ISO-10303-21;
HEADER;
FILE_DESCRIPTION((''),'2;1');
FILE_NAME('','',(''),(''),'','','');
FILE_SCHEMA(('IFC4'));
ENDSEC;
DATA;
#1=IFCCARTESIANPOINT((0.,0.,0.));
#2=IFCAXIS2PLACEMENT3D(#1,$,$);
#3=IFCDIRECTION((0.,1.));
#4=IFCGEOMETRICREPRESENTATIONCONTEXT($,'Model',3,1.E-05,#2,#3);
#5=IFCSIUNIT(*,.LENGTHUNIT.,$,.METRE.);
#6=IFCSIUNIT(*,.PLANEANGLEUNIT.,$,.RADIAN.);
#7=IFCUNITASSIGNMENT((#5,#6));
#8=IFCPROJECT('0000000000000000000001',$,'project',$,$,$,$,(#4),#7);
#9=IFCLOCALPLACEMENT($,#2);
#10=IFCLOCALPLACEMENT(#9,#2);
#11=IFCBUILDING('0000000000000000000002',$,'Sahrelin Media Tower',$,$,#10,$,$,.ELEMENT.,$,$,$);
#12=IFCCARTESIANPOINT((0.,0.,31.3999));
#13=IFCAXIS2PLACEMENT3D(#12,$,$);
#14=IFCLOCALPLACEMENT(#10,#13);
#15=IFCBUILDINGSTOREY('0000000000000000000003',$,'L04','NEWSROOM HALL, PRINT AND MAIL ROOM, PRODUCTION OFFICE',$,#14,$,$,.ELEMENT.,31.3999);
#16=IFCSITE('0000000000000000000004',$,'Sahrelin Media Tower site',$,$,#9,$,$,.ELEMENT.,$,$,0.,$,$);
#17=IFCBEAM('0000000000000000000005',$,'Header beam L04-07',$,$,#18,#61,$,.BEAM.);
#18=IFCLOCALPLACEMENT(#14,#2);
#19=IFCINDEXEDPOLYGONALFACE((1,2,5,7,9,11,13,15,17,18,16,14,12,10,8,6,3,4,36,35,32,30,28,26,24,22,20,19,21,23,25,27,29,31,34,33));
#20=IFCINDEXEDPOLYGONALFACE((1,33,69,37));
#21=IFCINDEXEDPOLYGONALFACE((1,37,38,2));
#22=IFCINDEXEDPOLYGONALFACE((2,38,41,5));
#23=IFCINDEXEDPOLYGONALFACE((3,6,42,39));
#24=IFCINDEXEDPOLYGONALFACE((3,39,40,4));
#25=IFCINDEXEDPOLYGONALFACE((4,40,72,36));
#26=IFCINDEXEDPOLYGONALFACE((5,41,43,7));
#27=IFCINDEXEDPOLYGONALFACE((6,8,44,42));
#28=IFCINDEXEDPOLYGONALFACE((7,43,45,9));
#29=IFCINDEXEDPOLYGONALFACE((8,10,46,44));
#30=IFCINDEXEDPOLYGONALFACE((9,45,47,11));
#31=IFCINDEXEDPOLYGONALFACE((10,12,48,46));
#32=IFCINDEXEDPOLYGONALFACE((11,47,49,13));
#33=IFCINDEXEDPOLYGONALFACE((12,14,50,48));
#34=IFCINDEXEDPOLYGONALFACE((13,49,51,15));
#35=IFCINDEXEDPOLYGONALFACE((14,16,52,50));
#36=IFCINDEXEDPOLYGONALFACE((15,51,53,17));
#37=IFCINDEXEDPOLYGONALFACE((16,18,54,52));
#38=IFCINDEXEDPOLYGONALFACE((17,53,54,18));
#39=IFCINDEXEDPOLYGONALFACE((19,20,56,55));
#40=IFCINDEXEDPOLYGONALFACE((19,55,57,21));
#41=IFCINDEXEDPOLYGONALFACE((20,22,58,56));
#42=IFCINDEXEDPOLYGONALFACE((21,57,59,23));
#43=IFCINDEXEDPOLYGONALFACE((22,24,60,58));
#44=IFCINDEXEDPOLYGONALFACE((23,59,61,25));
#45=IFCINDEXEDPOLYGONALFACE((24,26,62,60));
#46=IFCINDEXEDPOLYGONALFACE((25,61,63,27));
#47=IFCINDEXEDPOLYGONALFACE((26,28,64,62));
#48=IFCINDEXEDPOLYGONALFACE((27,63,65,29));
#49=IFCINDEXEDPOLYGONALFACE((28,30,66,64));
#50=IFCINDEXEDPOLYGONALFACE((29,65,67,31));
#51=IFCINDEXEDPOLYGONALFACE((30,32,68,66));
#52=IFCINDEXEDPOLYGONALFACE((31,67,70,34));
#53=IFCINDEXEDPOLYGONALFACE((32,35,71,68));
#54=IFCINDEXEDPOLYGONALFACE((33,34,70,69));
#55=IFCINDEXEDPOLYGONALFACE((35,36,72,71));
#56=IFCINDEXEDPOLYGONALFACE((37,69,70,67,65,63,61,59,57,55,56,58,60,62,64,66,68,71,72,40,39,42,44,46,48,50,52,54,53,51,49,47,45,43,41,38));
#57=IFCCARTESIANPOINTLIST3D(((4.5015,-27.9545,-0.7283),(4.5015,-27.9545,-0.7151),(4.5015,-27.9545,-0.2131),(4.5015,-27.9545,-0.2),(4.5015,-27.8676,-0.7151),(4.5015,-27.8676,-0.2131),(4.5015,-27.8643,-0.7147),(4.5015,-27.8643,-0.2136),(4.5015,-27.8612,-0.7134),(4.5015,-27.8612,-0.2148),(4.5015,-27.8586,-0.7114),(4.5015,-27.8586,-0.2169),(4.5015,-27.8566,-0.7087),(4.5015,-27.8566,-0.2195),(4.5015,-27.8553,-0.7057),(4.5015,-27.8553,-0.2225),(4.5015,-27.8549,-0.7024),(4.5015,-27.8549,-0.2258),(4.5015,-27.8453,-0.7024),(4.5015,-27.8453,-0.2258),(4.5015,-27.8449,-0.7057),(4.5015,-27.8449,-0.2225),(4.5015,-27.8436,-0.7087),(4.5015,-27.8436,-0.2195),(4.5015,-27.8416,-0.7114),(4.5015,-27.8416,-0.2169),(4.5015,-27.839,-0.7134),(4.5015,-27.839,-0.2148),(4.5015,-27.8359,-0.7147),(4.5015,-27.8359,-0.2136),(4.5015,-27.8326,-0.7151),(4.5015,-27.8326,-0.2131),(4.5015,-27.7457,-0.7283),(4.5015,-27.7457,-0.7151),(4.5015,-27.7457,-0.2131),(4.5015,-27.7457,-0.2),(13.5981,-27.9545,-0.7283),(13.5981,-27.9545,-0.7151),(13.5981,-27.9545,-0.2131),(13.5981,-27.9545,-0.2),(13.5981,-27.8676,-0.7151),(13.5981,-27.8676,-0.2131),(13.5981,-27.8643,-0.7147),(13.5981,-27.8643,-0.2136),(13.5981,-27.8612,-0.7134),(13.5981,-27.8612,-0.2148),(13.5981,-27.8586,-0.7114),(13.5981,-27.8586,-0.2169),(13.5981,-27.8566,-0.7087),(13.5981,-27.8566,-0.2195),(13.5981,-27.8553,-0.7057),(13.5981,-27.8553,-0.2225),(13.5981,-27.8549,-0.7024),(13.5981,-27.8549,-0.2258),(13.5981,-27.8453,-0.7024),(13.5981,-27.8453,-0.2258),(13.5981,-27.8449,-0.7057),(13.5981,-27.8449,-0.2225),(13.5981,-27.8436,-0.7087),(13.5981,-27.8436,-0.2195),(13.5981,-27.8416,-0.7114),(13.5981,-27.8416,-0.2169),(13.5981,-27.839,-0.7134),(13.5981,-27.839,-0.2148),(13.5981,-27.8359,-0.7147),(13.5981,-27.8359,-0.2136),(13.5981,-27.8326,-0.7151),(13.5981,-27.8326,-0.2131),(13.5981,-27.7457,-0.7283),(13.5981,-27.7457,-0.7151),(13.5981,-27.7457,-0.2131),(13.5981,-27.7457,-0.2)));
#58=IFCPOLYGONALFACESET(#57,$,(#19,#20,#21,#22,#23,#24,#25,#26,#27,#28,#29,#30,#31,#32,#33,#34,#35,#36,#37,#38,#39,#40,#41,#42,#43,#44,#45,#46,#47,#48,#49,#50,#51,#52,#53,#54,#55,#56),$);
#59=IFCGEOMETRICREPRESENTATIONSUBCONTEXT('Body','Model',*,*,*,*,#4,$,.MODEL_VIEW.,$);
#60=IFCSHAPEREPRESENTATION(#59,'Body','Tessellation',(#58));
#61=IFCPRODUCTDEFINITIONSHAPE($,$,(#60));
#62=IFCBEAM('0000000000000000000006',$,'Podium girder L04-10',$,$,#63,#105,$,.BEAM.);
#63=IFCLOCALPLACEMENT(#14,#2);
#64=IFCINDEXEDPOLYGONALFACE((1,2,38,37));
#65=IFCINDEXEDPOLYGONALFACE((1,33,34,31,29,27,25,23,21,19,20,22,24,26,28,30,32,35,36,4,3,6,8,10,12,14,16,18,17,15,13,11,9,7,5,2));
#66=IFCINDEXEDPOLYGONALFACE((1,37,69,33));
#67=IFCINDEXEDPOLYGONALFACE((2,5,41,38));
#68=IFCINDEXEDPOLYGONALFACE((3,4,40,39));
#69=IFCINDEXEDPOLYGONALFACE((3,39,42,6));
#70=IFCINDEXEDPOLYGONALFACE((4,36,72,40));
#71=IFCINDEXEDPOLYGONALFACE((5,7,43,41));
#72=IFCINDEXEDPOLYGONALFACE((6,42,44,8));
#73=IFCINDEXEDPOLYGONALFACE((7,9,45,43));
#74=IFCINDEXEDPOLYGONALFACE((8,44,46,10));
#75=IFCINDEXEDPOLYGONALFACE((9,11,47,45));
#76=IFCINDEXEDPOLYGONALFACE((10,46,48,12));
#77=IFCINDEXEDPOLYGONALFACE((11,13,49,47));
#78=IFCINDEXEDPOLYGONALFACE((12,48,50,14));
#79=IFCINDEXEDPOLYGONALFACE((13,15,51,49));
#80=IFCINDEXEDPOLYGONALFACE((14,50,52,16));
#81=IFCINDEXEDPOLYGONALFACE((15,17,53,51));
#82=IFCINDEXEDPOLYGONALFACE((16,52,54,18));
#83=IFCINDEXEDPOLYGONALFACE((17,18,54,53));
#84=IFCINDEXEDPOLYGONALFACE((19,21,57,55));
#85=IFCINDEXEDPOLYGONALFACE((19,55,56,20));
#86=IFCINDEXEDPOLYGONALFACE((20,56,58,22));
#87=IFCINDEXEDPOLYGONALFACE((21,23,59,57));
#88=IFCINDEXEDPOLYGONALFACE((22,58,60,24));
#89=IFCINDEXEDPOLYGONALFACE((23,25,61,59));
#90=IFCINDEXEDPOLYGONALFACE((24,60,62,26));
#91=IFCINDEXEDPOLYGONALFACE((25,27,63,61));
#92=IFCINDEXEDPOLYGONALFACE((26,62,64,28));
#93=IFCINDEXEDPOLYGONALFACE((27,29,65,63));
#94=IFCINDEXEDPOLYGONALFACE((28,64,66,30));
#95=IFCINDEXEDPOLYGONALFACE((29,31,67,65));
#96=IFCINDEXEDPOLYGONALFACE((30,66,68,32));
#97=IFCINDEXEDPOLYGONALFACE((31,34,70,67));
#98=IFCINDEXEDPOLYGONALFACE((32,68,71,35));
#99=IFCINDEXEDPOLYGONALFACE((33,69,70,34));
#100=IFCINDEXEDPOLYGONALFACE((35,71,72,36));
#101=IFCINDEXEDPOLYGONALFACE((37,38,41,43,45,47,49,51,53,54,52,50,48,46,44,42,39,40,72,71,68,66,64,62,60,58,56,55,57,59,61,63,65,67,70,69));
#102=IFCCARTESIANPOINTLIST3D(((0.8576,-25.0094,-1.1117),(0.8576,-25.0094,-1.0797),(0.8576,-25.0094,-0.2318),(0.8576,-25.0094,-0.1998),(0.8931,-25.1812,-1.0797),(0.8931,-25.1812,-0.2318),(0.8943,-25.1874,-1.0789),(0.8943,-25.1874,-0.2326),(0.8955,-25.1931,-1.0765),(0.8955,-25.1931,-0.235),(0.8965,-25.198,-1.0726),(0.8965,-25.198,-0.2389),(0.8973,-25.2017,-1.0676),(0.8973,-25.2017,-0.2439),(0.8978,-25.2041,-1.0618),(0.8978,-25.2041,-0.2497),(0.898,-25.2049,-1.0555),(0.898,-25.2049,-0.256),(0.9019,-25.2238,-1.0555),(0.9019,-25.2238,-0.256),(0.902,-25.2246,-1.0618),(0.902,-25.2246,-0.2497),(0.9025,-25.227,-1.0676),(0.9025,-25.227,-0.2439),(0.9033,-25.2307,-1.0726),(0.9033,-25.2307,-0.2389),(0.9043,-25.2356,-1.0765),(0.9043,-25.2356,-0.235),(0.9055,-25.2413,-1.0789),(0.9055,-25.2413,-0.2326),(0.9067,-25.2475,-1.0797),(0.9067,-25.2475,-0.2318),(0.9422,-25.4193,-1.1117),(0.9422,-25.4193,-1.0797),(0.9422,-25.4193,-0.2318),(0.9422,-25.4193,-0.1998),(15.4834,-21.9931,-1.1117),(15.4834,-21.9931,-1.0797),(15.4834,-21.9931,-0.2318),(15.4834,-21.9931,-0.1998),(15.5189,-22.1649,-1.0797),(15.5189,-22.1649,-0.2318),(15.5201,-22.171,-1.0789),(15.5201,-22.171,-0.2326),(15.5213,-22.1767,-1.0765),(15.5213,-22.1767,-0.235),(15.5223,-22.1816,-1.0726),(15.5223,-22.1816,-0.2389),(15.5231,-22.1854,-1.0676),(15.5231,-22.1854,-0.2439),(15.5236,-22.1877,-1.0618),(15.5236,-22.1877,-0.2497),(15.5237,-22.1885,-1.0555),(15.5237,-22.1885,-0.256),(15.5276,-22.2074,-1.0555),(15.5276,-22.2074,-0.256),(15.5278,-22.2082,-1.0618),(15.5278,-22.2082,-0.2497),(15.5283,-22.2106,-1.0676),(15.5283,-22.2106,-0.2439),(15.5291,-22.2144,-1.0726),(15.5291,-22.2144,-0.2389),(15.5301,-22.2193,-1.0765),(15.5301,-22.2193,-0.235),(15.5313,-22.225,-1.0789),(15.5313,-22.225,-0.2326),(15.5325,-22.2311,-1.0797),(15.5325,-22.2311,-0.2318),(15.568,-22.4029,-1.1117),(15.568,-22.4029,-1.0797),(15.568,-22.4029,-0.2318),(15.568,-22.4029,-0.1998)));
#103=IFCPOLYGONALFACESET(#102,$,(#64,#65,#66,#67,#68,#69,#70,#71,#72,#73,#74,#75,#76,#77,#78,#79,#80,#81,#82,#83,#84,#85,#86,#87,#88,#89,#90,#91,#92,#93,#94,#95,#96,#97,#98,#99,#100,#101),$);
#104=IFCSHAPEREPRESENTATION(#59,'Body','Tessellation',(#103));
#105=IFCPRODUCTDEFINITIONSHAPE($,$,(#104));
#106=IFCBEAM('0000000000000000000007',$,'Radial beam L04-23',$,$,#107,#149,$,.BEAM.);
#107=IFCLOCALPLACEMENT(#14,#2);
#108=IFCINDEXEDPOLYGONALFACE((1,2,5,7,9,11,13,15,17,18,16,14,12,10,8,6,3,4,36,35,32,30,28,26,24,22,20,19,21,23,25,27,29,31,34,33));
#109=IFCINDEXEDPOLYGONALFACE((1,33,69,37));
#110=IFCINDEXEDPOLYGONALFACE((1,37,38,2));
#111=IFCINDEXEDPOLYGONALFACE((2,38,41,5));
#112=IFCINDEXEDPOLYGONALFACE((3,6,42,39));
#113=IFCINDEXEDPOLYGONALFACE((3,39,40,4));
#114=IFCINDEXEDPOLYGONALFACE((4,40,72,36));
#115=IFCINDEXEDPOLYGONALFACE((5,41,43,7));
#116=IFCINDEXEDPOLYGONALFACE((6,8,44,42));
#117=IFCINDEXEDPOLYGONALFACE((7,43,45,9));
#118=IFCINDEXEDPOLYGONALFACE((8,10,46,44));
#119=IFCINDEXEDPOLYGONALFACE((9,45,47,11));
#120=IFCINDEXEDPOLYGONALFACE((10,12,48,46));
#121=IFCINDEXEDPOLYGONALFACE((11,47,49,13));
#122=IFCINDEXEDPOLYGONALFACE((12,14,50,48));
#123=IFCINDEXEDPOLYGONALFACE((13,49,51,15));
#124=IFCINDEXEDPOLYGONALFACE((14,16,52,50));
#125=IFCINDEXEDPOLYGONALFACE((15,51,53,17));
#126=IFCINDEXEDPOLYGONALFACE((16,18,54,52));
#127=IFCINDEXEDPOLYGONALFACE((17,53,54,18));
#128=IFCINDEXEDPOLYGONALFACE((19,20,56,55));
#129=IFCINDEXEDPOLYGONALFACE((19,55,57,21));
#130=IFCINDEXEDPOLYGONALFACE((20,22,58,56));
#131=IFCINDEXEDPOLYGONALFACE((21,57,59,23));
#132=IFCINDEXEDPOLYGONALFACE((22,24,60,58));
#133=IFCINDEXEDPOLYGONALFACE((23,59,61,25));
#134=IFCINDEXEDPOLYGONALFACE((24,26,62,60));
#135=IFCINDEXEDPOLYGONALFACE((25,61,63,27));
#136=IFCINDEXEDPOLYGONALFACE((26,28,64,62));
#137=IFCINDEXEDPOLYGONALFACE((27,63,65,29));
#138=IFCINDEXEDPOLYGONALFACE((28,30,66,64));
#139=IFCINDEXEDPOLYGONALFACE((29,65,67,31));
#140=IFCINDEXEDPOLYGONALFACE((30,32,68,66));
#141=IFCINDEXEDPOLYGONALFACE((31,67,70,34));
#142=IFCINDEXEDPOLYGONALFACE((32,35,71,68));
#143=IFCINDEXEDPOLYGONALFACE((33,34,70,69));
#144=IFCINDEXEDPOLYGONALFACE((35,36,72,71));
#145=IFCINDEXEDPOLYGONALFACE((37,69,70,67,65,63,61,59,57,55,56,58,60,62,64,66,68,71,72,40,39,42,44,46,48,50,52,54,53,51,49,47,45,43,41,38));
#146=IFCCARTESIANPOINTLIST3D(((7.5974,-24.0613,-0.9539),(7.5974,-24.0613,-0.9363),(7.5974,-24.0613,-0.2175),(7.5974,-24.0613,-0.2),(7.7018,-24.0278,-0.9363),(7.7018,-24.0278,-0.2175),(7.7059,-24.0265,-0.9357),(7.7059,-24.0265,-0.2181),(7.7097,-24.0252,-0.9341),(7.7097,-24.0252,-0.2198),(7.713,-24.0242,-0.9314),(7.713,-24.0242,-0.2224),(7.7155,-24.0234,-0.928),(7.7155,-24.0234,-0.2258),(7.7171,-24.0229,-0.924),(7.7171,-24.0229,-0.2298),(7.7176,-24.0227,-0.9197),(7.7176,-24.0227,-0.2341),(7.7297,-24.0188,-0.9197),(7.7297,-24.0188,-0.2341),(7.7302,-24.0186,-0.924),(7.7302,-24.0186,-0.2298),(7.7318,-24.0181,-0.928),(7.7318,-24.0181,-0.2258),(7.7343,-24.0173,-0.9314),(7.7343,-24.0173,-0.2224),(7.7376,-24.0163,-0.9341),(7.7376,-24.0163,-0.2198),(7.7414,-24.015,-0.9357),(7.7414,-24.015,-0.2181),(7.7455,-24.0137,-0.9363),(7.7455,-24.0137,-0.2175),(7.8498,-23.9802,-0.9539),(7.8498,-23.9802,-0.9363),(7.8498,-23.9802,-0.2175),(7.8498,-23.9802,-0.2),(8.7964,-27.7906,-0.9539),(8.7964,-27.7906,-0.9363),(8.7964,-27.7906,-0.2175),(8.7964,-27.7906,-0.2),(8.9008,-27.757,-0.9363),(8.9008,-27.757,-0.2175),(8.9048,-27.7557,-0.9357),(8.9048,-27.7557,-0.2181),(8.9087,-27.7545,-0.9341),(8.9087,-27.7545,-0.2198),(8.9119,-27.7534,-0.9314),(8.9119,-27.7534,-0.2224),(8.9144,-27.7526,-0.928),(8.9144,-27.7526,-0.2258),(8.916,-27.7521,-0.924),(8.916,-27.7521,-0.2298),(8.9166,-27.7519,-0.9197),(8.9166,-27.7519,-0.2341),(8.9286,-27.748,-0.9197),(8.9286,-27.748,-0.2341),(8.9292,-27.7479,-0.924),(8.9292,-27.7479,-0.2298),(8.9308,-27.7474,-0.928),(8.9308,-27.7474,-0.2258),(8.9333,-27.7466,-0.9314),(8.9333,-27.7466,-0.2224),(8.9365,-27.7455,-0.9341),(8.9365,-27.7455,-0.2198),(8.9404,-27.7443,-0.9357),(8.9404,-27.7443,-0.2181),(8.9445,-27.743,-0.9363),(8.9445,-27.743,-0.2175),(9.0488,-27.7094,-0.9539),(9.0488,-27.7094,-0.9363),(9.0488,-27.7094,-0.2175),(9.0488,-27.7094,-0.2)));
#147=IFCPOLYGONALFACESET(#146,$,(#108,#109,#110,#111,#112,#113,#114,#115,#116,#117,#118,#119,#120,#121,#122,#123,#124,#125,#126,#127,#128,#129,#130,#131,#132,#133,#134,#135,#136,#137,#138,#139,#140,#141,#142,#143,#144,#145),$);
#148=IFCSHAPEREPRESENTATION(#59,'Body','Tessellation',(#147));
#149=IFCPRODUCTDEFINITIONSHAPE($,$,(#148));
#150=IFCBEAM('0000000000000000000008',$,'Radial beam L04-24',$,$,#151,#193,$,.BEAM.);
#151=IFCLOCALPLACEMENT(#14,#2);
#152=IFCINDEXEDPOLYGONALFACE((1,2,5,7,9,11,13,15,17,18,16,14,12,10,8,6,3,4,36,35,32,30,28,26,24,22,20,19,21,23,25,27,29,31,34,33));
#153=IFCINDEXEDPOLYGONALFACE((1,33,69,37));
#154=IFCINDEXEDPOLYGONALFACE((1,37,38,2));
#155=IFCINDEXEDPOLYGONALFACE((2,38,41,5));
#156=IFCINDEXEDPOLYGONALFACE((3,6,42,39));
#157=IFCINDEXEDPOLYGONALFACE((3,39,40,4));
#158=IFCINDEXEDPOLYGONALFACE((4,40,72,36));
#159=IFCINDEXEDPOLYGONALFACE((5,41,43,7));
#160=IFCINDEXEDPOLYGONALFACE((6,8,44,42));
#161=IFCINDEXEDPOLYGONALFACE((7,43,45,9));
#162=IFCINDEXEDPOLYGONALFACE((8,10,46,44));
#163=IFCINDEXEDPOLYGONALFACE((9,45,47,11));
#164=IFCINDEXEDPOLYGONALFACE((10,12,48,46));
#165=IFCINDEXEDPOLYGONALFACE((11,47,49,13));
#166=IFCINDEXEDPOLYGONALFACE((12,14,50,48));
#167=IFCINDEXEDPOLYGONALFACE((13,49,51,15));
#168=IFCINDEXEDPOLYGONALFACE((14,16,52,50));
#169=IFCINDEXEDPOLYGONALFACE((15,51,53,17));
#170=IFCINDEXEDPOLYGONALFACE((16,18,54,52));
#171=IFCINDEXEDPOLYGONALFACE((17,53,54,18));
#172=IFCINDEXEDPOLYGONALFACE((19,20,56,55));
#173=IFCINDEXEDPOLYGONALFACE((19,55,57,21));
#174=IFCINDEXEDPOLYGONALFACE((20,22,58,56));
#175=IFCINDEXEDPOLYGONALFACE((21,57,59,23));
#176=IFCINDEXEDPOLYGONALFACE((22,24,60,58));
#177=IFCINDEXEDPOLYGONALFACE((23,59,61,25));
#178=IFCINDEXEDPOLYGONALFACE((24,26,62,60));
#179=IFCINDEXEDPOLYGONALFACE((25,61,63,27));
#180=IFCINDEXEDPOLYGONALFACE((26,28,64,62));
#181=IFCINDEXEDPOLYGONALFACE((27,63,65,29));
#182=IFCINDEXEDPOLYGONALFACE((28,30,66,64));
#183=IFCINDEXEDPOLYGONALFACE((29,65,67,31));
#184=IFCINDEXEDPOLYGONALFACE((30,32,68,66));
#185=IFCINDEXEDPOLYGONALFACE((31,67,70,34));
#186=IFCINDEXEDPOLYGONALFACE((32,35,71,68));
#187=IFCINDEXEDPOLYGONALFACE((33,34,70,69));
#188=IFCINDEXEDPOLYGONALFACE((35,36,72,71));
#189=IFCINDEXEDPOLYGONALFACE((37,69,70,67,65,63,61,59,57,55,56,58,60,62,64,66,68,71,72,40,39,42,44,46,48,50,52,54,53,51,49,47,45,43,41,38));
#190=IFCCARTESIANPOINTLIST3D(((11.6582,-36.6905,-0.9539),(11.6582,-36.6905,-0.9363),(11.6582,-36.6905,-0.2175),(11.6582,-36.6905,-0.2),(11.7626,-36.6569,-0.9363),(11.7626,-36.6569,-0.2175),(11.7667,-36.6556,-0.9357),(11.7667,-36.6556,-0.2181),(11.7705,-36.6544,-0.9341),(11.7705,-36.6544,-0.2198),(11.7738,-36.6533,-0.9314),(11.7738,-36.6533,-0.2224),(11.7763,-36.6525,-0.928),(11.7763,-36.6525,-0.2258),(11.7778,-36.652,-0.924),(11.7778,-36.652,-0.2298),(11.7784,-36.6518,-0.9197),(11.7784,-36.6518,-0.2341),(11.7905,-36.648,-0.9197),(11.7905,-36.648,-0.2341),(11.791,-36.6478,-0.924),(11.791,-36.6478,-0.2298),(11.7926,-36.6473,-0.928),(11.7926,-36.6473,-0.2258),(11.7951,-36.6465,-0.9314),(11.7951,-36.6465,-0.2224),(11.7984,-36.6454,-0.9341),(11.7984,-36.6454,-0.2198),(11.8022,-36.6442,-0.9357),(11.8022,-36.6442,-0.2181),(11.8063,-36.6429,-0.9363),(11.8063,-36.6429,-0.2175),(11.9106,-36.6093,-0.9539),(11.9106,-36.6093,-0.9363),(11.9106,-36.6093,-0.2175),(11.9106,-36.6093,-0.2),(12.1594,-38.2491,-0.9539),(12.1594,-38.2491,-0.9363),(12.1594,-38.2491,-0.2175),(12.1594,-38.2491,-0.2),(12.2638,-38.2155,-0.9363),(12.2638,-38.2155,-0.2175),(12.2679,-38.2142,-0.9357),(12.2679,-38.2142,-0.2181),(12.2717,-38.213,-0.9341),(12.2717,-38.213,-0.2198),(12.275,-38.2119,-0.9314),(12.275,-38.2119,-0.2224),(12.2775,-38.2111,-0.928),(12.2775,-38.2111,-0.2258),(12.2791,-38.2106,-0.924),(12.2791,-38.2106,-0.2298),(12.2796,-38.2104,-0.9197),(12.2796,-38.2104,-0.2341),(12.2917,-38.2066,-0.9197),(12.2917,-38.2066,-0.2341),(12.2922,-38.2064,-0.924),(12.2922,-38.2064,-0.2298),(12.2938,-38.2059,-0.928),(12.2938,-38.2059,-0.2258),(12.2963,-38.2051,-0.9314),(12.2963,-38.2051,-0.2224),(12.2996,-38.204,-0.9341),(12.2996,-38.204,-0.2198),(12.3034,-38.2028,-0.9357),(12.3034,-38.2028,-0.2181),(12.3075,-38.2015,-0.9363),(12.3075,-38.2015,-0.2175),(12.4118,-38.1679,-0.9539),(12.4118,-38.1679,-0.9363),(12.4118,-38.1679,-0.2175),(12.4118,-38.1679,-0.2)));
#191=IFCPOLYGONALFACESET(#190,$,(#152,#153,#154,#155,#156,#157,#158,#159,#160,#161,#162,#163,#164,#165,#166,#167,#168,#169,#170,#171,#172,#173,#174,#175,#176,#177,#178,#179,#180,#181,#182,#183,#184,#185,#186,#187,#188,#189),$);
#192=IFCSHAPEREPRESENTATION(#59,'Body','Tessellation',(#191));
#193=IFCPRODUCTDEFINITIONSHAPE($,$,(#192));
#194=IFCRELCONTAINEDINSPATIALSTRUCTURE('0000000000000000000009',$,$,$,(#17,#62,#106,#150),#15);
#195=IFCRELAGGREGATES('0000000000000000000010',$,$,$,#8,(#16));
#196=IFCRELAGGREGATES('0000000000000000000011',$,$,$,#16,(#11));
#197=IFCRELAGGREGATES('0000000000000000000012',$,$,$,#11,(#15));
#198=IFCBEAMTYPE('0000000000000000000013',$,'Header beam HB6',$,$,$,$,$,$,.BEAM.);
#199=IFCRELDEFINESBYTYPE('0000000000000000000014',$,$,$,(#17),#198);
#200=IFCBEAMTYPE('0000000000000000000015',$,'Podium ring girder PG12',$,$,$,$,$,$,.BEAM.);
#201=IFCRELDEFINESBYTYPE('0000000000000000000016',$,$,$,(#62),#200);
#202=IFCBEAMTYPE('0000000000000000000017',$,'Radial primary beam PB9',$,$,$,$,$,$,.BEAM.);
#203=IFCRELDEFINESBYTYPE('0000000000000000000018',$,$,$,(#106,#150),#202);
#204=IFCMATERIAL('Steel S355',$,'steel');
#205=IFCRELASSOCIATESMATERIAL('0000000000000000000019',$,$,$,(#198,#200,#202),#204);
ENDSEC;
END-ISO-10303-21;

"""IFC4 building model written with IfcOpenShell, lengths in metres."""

from ifc_helpers import new_model, si_unit, direction, frame, origin, origin_2d, place, context, subcontext, project, spatial, i_section, extrude, material, material_profile, profile_set, type_object, element, save


model = new_model("IFC4")

# Units and contexts
model_context = context("Model", 3, precision=1e-05, world=origin(), true_north=direction((0.0, 1.0)))
body_context = subcontext(model_context, "Body", "Model", "MODEL_VIEW")
ifc_project = project(units=[si_unit("LENGTHUNIT", "METRE"), si_unit("PLANEANGLEUNIT", "RADIAN")], contexts=[model_context])

# Site, building, storey
site_placement = place(None, origin())
site = spatial("IfcSite", under=ifc_project, at=site_placement, Name="Sahrelin Media Tower site", CompositionType="ELEMENT", RefElevation=0.0)
building_placement = place(site_placement, origin())
building = spatial("IfcBuilding", under=site, at=building_placement, Name="Sahrelin Media Tower", CompositionType="ELEMENT")
storey_placement = place(building_placement, frame((0.0, 0.0, 31.3999)))
storey = spatial("IfcBuildingStorey", under=building, at=storey_placement, Name="L04", Description="NEWSROOM HALL, PRINT AND MAIL ROOM, PRODUCTION OFFICE", CompositionType="ELEMENT", Elevation=31.3999)

# Beams
ifc_material_1 = material(Name="Steel S355", Category="steel")
ifc_material_profile_1 = material_profile(ifc_material_1, i_section(OverallWidth=0.2087, OverallDepth=0.5283, WebThickness=0.0095, FlangeThickness=0.0132, FilletRadius=0.0127, at=origin_2d()), Name="UB 533x210x82")
ifc_profile_set_1 = profile_set([ifc_material_profile_1], Name="Steel S355")
beam_type_1 = type_object("IfcBeamType", Name="Header beam HB6", PredefinedType="BEAM", material=ifc_profile_set_1)
beam_1_placement = place(storey_placement, frame((4.5015, -27.8501, -0.4641), z_axis=(1.0, 0.0, 0.0), x_axis=(0.0, 1.0, 0.0)))
element("IfcBeam", 1, at=beam_1_placement, inside=storey, type_object=beam_type_1, Name="Header beam L04-07", PredefinedType="BEAM", context=body_context, shape_type="SweptSolid", body=[
    extrude(i_section(OverallWidth=0.2087, OverallDepth=0.5283, WebThickness=0.0095, FlangeThickness=0.0132, FilletRadius=0.0127, at=origin_2d()), origin(), (0.0, 0.0, 1.0), 9.0967),
])
ifc_material_profile_2 = material_profile(ifc_material_1, i_section(OverallWidth=0.4185, OverallDepth=0.9119, WebThickness=0.0193, FlangeThickness=0.032, FilletRadius=0.0242, at=origin_2d()), Name="UB 914x419x343")
ifc_profile_set_2 = profile_set([ifc_material_profile_2], Name="Steel S355")
beam_type_2 = type_object("IfcBeamType", Name="Podium ring girder PG12", PredefinedType="BEAM", material=ifc_profile_set_2)
beam_2_placement = place(storey_placement, frame((0.8999, -25.2144, -0.6558), z_axis=(0.979389, 0.201985, 0.0), x_axis=(-0.201985, 0.979389, 0.0)))
element("IfcBeam", 2, at=beam_2_placement, inside=storey, type_object=beam_type_2, Name="Podium girder L04-10", PredefinedType="BEAM", context=body_context, shape_type="SweptSolid", body=[
    extrude(i_section(OverallWidth=0.4185, OverallDepth=0.9119, WebThickness=0.0193, FlangeThickness=0.032, FilletRadius=0.0242, at=origin_2d()), origin(), (0.0, 0.0, 1.0), 14.9336),
])
ifc_material_profile_3 = material_profile(ifc_material_1, i_section(OverallWidth=0.2651, OverallDepth=0.7539, WebThickness=0.0127, FlangeThickness=0.0176, FilletRadius=0.0166, at=origin_2d()), Name="UB 762x267x147")
ifc_profile_set_3 = profile_set([ifc_material_profile_3], Name="Steel S355")
beam_type_3 = type_object("IfcBeamType", Name="Radial primary beam PB9", PredefinedType="BEAM", material=ifc_profile_set_3)
beam_3_placement = place(storey_placement, frame((7.7236, -24.0208, -0.5769), z_axis=(0.306076, -0.952007, 0.0), x_axis=(0.952007, 0.306076, 0.0)))
element("IfcBeam", 3, at=beam_3_placement, inside=storey, type_object=beam_type_3, Name="Radial beam L04-23", PredefinedType="BEAM", context=body_context, shape_type="SweptSolid", body=[
    extrude(i_section(OverallWidth=0.2651, OverallDepth=0.7539, WebThickness=0.0127, FlangeThickness=0.0176, FilletRadius=0.0166, at=origin_2d()), origin(), (0.0, 0.0, 1.0), 3.9172),
])
beam_4_placement = place(storey_placement, frame((11.7844, -36.6499, -0.5769), z_axis=(0.306144, -0.951985, 0.0), x_axis=(0.951985, 0.306144, 0.0)))
element("IfcBeam", 4, at=beam_4_placement, inside=storey, type_object=beam_type_3, Name="Radial beam L04-24", PredefinedType="BEAM", context=body_context, shape_type="SweptSolid", body=[
    extrude(i_section(OverallWidth=0.2651, OverallDepth=0.7539, WebThickness=0.0127, FlangeThickness=0.0176, FilletRadius=0.0166, at=origin_2d()), origin(), (0.0, 0.0, 1.0), 1.6372),
])

save(model, "model.ifc")
